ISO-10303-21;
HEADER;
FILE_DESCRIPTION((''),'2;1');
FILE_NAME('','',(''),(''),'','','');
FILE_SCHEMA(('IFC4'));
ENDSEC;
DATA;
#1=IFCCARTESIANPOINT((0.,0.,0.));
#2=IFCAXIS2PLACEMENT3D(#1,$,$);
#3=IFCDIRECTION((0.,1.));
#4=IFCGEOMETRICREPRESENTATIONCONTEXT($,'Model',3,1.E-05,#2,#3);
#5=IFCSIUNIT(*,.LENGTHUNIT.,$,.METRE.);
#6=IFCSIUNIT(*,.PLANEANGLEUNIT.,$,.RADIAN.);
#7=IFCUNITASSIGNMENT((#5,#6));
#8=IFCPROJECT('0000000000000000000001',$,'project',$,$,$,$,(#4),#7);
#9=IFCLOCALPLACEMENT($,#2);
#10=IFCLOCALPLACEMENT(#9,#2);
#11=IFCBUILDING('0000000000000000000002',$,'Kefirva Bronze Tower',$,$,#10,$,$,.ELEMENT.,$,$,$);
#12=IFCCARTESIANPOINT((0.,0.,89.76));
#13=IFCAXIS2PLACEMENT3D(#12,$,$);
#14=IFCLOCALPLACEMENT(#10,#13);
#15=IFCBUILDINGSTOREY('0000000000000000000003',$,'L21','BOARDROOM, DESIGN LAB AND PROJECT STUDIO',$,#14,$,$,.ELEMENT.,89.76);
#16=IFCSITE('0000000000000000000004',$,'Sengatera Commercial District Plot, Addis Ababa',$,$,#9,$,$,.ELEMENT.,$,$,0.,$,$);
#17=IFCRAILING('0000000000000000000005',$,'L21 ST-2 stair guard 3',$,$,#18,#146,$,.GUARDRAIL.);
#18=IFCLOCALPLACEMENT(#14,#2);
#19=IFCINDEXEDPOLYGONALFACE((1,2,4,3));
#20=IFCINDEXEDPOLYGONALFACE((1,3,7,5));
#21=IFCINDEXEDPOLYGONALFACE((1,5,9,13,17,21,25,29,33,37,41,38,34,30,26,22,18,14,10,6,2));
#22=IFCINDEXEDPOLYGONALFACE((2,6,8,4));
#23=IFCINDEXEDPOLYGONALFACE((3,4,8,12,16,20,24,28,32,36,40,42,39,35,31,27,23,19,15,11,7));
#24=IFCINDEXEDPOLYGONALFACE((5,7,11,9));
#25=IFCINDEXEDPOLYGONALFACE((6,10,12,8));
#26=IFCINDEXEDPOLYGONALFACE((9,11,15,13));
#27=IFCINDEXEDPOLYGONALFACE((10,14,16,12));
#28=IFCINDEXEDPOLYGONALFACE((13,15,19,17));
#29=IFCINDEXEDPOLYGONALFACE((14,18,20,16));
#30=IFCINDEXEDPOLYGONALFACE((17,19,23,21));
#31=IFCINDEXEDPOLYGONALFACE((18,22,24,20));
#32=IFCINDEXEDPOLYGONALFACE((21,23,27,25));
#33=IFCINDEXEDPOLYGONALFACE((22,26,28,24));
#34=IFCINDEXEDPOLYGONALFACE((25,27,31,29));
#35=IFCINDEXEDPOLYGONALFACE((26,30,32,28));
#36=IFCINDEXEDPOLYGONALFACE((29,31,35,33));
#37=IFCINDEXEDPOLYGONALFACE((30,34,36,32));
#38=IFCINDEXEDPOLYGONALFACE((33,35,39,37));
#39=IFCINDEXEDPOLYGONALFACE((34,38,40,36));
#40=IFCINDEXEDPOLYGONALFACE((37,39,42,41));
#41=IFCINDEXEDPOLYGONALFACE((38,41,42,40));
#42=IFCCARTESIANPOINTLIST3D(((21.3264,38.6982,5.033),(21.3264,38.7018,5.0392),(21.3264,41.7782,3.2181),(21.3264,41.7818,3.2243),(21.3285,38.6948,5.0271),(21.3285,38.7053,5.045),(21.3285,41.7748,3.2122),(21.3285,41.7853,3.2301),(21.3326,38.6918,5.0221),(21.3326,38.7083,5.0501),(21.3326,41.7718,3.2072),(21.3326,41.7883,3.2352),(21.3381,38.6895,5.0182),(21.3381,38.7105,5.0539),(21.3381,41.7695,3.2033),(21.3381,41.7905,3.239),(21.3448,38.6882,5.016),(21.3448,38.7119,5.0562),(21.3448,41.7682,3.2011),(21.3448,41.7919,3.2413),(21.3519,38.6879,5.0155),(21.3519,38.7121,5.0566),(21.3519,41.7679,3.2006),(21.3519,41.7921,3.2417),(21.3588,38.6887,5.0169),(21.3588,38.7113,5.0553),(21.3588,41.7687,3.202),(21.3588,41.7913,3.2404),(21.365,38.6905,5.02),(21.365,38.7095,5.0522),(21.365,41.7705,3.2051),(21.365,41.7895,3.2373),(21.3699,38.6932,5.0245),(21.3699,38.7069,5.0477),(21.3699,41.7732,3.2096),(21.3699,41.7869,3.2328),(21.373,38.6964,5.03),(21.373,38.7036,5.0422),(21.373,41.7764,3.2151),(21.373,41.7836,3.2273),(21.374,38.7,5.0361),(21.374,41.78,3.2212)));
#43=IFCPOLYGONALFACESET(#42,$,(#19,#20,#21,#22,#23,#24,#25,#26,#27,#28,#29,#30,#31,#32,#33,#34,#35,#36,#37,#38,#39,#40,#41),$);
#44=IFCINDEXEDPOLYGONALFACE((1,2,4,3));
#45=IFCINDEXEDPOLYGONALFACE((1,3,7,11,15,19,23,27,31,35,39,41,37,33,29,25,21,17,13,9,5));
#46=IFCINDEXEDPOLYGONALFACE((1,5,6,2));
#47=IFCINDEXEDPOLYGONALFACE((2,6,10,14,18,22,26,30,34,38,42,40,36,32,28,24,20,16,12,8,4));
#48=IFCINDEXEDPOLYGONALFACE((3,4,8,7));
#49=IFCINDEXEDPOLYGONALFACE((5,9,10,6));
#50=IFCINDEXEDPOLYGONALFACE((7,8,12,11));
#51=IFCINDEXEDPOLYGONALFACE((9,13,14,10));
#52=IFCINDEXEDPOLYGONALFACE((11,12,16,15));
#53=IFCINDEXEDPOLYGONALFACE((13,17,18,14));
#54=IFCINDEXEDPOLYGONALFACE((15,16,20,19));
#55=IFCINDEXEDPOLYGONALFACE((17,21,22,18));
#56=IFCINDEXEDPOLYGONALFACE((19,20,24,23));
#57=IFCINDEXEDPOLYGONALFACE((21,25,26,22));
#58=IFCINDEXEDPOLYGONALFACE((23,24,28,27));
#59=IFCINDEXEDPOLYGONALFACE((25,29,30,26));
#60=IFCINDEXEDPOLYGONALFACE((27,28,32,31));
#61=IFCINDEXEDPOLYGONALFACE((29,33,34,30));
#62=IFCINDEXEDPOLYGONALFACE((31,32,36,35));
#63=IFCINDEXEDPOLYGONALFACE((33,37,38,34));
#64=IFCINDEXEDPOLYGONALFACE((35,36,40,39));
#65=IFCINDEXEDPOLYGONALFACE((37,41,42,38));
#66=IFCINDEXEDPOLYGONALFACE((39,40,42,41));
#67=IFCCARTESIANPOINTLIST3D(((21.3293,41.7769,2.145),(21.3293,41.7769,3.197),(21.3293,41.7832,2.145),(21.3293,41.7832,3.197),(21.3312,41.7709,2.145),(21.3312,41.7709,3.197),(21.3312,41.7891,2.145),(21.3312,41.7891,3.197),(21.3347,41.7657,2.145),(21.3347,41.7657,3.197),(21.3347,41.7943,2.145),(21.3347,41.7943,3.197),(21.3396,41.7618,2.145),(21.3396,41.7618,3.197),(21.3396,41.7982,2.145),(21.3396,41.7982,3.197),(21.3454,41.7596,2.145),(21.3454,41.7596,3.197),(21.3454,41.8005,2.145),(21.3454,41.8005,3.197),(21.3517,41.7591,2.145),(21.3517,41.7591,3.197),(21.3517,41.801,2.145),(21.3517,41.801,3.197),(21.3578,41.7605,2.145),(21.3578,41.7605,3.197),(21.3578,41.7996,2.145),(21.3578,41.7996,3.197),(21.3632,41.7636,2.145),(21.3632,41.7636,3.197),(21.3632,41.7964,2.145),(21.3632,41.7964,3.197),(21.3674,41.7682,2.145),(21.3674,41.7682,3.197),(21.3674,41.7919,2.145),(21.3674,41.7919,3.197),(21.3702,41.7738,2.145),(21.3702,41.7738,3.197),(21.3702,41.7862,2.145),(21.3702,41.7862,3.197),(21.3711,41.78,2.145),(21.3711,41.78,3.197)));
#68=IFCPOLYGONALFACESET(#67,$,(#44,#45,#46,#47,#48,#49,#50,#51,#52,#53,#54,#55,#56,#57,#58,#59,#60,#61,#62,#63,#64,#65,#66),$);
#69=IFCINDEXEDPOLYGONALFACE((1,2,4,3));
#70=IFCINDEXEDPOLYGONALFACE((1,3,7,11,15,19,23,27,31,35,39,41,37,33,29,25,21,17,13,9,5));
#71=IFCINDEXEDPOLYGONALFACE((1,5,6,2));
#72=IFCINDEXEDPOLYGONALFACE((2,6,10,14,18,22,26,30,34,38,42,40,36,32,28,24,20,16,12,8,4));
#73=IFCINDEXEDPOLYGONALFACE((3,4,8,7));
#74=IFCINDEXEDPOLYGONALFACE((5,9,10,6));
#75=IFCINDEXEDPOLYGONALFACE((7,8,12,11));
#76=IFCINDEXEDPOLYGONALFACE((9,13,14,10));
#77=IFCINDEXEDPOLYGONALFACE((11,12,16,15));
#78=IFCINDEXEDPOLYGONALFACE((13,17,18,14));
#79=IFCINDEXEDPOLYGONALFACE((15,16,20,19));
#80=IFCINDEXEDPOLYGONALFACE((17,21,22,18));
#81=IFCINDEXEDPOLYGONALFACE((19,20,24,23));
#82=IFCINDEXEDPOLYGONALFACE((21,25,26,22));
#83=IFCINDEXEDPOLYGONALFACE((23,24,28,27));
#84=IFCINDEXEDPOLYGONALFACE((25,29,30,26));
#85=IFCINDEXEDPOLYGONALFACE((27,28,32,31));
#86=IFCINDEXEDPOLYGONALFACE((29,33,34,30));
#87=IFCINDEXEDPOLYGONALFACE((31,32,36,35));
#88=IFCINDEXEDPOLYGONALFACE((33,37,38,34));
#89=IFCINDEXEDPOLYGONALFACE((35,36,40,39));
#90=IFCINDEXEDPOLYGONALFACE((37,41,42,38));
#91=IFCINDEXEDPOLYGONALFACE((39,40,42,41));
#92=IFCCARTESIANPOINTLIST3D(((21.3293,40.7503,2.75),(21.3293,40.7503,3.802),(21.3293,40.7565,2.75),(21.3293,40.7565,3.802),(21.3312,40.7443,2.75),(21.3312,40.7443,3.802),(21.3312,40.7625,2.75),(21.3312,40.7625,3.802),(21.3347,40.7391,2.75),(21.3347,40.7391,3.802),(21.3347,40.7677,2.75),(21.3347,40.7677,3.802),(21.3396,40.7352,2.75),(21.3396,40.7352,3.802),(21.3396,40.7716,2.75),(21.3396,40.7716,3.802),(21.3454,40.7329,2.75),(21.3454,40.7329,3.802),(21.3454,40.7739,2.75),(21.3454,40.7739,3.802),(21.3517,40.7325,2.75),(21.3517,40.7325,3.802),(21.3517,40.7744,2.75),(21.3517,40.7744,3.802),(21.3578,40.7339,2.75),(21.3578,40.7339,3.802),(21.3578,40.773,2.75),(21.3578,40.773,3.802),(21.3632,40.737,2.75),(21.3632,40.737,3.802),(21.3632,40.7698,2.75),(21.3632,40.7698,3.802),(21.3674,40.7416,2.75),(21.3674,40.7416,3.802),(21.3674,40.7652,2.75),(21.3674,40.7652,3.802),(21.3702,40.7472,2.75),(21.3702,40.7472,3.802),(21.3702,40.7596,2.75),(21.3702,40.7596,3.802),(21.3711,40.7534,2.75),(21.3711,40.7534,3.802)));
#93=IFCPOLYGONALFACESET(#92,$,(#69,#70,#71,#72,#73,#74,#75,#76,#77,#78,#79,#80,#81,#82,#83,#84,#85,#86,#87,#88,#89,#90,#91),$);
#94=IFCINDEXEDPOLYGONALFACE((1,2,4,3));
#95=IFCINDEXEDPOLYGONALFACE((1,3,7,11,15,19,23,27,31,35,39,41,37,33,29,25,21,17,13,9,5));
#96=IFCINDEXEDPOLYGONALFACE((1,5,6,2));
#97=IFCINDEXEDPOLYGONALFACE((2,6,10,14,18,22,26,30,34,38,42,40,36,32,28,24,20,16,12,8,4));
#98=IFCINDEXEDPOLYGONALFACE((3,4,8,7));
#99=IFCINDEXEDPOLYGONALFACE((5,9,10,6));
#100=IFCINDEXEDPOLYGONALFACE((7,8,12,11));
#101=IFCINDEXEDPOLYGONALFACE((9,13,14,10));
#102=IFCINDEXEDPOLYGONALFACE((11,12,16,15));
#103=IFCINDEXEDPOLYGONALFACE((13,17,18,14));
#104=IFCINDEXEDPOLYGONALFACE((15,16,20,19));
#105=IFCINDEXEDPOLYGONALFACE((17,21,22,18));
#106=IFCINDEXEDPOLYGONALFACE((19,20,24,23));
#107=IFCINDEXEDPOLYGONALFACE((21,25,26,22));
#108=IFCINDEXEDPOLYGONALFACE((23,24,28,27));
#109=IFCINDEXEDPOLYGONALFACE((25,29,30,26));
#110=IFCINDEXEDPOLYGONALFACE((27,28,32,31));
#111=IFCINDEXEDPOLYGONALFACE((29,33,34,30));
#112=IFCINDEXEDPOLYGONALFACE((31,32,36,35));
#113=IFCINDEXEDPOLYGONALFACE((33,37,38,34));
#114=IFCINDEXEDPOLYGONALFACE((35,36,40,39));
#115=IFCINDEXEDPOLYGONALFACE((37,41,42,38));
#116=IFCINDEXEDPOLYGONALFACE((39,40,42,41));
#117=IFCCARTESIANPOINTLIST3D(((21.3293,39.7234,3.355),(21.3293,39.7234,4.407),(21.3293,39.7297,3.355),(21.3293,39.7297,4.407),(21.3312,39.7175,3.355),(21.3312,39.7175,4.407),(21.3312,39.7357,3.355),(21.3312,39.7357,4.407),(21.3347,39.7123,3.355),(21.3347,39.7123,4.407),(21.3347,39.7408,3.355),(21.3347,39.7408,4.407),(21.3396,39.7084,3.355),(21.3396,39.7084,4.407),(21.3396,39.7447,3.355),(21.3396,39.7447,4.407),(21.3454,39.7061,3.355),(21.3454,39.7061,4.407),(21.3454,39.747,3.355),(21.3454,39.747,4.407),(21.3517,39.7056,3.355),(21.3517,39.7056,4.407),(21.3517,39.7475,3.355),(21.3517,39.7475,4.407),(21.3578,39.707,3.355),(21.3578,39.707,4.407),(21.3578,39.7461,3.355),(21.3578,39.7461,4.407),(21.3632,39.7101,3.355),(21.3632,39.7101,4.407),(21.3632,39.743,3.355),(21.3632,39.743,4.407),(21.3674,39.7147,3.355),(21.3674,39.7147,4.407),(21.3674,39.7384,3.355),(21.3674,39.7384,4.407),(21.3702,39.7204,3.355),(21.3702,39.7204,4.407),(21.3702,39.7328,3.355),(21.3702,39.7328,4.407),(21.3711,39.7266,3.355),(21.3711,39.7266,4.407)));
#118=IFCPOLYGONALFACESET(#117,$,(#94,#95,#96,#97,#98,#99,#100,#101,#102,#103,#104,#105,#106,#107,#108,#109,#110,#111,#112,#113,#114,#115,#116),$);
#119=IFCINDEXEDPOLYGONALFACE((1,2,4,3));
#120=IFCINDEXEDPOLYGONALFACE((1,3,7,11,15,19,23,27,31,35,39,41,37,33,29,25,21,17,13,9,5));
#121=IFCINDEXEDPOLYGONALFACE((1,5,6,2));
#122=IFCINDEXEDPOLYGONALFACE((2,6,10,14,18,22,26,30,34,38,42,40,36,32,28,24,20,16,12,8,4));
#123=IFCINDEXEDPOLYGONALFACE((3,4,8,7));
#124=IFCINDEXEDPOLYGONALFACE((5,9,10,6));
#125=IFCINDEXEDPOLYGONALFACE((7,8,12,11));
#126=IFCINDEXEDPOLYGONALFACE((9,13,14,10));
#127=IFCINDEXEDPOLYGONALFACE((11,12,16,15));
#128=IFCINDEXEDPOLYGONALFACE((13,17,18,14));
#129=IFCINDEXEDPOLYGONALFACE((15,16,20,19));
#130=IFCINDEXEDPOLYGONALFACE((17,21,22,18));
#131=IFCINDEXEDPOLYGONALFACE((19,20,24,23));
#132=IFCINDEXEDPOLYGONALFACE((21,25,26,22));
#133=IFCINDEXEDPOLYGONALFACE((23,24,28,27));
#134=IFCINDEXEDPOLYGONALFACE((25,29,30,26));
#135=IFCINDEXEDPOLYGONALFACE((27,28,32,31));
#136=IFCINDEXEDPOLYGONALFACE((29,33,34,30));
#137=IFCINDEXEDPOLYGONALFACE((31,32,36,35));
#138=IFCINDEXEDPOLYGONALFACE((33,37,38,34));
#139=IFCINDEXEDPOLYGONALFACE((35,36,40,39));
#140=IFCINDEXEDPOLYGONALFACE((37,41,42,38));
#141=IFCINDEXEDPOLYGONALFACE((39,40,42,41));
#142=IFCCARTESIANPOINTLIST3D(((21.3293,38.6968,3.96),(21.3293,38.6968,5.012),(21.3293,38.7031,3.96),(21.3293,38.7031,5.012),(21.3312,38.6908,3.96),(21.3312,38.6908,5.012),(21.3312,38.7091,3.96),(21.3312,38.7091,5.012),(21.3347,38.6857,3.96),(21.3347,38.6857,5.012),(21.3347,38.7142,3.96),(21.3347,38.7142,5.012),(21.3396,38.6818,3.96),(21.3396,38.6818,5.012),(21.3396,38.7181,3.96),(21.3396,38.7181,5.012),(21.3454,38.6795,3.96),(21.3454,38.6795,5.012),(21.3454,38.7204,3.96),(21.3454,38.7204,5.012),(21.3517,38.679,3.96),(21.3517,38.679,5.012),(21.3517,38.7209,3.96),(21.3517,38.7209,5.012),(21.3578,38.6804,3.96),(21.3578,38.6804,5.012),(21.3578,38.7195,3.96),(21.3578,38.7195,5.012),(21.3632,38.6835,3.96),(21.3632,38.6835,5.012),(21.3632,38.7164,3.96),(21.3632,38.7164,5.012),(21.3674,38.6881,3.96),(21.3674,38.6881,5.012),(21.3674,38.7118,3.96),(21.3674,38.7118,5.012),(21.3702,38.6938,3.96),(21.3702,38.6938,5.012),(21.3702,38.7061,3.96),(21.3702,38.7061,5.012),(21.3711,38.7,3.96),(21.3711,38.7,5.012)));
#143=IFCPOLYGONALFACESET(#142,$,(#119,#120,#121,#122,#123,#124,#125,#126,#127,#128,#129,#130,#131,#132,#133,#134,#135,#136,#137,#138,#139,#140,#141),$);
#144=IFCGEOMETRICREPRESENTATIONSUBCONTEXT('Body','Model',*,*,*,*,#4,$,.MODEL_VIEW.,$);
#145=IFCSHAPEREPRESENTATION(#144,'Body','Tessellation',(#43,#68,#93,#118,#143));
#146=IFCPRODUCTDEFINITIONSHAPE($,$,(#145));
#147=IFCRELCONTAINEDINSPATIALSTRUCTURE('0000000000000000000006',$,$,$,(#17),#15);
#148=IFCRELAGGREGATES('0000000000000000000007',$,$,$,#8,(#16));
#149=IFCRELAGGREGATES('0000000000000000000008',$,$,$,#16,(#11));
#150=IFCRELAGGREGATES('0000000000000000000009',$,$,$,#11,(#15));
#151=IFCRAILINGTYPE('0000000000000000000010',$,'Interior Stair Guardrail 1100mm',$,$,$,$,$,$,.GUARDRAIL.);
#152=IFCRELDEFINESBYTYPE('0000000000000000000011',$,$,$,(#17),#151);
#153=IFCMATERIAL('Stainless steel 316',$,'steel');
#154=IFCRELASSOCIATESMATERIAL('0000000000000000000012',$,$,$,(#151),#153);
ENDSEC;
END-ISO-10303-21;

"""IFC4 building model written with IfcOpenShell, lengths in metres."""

from ifc_helpers import new_model, si_unit, direction, frame, origin, origin_2d, place, context, subcontext, project, spatial, circle, extrude, material, type_object, element, save


model = new_model("IFC4")

# Units and contexts
model_context = context("Model", 3, precision=1e-05, world=origin(), true_north=direction((0.0, 1.0)))
body_context = subcontext(model_context, "Body", "Model", "MODEL_VIEW")
ifc_project = project(units=[si_unit("LENGTHUNIT", "METRE"), si_unit("PLANEANGLEUNIT", "RADIAN")], contexts=[model_context])

# Site, building, storey
site_placement = place(None, origin())
site = spatial("IfcSite", under=ifc_project, at=site_placement, Name="Sengatera Commercial District Plot, Addis Ababa", CompositionType="ELEMENT", RefElevation=0.0)
building_placement = place(site_placement, origin())
building = spatial("IfcBuilding", under=site, at=building_placement, Name="Kefirva Bronze Tower", CompositionType="ELEMENT")
storey_placement = place(building_placement, frame((0.0, 0.0, 89.76)))
storey = spatial("IfcBuildingStorey", under=building, at=storey_placement, Name="L21", Description="BOARDROOM, DESIGN LAB AND PROJECT STUDIO", CompositionType="ELEMENT", Elevation=89.76)

# Railing
ifc_material_1 = material(Name="Stainless steel 316", Category="steel")
railing_type_1 = type_object("IfcRailingType", Name="Interior Stair Guardrail 1100mm", PredefinedType="GUARDRAIL", material=ifc_material_1)
railing_1_placement = place(storey_placement, frame((21.3501, 41.78, 2.145)))
element("IfcRailing", 1, at=railing_1_placement, inside=storey, type_object=railing_type_1, Name="L21 ST-2 stair guard 3", PredefinedType="GUARDRAIL", context=body_context, shape_type="SweptSolid", body=[
    extrude(circle(Radius=0.0239, at=origin_2d()), frame((0.0, 0.0, 1.0762), z_axis=(0.0, -0.861551, 0.507671), x_axis=(1.0, 0.0, 0.0)), (0.0, 0.0, 1.0), 3.575),
    extrude(circle(Radius=0.021, at=origin_2d()), origin(), (0.0, 0.0, 1.0), 1.052),
    extrude(circle(Radius=0.021, at=origin_2d()), frame((0.0, -1.0266, 0.605)), (0.0, 0.0, 1.0), 1.052),
    extrude(circle(Radius=0.021, at=origin_2d()), frame((0.0, -2.0535, 1.21)), (0.0, 0.0, 1.0), 1.052),
    extrude(circle(Radius=0.021, at=origin_2d()), frame((0.0, -3.0801, 1.8149)), (0.0, 0.0, 1.0), 1.052),
])

save(model, "model.ifc")
